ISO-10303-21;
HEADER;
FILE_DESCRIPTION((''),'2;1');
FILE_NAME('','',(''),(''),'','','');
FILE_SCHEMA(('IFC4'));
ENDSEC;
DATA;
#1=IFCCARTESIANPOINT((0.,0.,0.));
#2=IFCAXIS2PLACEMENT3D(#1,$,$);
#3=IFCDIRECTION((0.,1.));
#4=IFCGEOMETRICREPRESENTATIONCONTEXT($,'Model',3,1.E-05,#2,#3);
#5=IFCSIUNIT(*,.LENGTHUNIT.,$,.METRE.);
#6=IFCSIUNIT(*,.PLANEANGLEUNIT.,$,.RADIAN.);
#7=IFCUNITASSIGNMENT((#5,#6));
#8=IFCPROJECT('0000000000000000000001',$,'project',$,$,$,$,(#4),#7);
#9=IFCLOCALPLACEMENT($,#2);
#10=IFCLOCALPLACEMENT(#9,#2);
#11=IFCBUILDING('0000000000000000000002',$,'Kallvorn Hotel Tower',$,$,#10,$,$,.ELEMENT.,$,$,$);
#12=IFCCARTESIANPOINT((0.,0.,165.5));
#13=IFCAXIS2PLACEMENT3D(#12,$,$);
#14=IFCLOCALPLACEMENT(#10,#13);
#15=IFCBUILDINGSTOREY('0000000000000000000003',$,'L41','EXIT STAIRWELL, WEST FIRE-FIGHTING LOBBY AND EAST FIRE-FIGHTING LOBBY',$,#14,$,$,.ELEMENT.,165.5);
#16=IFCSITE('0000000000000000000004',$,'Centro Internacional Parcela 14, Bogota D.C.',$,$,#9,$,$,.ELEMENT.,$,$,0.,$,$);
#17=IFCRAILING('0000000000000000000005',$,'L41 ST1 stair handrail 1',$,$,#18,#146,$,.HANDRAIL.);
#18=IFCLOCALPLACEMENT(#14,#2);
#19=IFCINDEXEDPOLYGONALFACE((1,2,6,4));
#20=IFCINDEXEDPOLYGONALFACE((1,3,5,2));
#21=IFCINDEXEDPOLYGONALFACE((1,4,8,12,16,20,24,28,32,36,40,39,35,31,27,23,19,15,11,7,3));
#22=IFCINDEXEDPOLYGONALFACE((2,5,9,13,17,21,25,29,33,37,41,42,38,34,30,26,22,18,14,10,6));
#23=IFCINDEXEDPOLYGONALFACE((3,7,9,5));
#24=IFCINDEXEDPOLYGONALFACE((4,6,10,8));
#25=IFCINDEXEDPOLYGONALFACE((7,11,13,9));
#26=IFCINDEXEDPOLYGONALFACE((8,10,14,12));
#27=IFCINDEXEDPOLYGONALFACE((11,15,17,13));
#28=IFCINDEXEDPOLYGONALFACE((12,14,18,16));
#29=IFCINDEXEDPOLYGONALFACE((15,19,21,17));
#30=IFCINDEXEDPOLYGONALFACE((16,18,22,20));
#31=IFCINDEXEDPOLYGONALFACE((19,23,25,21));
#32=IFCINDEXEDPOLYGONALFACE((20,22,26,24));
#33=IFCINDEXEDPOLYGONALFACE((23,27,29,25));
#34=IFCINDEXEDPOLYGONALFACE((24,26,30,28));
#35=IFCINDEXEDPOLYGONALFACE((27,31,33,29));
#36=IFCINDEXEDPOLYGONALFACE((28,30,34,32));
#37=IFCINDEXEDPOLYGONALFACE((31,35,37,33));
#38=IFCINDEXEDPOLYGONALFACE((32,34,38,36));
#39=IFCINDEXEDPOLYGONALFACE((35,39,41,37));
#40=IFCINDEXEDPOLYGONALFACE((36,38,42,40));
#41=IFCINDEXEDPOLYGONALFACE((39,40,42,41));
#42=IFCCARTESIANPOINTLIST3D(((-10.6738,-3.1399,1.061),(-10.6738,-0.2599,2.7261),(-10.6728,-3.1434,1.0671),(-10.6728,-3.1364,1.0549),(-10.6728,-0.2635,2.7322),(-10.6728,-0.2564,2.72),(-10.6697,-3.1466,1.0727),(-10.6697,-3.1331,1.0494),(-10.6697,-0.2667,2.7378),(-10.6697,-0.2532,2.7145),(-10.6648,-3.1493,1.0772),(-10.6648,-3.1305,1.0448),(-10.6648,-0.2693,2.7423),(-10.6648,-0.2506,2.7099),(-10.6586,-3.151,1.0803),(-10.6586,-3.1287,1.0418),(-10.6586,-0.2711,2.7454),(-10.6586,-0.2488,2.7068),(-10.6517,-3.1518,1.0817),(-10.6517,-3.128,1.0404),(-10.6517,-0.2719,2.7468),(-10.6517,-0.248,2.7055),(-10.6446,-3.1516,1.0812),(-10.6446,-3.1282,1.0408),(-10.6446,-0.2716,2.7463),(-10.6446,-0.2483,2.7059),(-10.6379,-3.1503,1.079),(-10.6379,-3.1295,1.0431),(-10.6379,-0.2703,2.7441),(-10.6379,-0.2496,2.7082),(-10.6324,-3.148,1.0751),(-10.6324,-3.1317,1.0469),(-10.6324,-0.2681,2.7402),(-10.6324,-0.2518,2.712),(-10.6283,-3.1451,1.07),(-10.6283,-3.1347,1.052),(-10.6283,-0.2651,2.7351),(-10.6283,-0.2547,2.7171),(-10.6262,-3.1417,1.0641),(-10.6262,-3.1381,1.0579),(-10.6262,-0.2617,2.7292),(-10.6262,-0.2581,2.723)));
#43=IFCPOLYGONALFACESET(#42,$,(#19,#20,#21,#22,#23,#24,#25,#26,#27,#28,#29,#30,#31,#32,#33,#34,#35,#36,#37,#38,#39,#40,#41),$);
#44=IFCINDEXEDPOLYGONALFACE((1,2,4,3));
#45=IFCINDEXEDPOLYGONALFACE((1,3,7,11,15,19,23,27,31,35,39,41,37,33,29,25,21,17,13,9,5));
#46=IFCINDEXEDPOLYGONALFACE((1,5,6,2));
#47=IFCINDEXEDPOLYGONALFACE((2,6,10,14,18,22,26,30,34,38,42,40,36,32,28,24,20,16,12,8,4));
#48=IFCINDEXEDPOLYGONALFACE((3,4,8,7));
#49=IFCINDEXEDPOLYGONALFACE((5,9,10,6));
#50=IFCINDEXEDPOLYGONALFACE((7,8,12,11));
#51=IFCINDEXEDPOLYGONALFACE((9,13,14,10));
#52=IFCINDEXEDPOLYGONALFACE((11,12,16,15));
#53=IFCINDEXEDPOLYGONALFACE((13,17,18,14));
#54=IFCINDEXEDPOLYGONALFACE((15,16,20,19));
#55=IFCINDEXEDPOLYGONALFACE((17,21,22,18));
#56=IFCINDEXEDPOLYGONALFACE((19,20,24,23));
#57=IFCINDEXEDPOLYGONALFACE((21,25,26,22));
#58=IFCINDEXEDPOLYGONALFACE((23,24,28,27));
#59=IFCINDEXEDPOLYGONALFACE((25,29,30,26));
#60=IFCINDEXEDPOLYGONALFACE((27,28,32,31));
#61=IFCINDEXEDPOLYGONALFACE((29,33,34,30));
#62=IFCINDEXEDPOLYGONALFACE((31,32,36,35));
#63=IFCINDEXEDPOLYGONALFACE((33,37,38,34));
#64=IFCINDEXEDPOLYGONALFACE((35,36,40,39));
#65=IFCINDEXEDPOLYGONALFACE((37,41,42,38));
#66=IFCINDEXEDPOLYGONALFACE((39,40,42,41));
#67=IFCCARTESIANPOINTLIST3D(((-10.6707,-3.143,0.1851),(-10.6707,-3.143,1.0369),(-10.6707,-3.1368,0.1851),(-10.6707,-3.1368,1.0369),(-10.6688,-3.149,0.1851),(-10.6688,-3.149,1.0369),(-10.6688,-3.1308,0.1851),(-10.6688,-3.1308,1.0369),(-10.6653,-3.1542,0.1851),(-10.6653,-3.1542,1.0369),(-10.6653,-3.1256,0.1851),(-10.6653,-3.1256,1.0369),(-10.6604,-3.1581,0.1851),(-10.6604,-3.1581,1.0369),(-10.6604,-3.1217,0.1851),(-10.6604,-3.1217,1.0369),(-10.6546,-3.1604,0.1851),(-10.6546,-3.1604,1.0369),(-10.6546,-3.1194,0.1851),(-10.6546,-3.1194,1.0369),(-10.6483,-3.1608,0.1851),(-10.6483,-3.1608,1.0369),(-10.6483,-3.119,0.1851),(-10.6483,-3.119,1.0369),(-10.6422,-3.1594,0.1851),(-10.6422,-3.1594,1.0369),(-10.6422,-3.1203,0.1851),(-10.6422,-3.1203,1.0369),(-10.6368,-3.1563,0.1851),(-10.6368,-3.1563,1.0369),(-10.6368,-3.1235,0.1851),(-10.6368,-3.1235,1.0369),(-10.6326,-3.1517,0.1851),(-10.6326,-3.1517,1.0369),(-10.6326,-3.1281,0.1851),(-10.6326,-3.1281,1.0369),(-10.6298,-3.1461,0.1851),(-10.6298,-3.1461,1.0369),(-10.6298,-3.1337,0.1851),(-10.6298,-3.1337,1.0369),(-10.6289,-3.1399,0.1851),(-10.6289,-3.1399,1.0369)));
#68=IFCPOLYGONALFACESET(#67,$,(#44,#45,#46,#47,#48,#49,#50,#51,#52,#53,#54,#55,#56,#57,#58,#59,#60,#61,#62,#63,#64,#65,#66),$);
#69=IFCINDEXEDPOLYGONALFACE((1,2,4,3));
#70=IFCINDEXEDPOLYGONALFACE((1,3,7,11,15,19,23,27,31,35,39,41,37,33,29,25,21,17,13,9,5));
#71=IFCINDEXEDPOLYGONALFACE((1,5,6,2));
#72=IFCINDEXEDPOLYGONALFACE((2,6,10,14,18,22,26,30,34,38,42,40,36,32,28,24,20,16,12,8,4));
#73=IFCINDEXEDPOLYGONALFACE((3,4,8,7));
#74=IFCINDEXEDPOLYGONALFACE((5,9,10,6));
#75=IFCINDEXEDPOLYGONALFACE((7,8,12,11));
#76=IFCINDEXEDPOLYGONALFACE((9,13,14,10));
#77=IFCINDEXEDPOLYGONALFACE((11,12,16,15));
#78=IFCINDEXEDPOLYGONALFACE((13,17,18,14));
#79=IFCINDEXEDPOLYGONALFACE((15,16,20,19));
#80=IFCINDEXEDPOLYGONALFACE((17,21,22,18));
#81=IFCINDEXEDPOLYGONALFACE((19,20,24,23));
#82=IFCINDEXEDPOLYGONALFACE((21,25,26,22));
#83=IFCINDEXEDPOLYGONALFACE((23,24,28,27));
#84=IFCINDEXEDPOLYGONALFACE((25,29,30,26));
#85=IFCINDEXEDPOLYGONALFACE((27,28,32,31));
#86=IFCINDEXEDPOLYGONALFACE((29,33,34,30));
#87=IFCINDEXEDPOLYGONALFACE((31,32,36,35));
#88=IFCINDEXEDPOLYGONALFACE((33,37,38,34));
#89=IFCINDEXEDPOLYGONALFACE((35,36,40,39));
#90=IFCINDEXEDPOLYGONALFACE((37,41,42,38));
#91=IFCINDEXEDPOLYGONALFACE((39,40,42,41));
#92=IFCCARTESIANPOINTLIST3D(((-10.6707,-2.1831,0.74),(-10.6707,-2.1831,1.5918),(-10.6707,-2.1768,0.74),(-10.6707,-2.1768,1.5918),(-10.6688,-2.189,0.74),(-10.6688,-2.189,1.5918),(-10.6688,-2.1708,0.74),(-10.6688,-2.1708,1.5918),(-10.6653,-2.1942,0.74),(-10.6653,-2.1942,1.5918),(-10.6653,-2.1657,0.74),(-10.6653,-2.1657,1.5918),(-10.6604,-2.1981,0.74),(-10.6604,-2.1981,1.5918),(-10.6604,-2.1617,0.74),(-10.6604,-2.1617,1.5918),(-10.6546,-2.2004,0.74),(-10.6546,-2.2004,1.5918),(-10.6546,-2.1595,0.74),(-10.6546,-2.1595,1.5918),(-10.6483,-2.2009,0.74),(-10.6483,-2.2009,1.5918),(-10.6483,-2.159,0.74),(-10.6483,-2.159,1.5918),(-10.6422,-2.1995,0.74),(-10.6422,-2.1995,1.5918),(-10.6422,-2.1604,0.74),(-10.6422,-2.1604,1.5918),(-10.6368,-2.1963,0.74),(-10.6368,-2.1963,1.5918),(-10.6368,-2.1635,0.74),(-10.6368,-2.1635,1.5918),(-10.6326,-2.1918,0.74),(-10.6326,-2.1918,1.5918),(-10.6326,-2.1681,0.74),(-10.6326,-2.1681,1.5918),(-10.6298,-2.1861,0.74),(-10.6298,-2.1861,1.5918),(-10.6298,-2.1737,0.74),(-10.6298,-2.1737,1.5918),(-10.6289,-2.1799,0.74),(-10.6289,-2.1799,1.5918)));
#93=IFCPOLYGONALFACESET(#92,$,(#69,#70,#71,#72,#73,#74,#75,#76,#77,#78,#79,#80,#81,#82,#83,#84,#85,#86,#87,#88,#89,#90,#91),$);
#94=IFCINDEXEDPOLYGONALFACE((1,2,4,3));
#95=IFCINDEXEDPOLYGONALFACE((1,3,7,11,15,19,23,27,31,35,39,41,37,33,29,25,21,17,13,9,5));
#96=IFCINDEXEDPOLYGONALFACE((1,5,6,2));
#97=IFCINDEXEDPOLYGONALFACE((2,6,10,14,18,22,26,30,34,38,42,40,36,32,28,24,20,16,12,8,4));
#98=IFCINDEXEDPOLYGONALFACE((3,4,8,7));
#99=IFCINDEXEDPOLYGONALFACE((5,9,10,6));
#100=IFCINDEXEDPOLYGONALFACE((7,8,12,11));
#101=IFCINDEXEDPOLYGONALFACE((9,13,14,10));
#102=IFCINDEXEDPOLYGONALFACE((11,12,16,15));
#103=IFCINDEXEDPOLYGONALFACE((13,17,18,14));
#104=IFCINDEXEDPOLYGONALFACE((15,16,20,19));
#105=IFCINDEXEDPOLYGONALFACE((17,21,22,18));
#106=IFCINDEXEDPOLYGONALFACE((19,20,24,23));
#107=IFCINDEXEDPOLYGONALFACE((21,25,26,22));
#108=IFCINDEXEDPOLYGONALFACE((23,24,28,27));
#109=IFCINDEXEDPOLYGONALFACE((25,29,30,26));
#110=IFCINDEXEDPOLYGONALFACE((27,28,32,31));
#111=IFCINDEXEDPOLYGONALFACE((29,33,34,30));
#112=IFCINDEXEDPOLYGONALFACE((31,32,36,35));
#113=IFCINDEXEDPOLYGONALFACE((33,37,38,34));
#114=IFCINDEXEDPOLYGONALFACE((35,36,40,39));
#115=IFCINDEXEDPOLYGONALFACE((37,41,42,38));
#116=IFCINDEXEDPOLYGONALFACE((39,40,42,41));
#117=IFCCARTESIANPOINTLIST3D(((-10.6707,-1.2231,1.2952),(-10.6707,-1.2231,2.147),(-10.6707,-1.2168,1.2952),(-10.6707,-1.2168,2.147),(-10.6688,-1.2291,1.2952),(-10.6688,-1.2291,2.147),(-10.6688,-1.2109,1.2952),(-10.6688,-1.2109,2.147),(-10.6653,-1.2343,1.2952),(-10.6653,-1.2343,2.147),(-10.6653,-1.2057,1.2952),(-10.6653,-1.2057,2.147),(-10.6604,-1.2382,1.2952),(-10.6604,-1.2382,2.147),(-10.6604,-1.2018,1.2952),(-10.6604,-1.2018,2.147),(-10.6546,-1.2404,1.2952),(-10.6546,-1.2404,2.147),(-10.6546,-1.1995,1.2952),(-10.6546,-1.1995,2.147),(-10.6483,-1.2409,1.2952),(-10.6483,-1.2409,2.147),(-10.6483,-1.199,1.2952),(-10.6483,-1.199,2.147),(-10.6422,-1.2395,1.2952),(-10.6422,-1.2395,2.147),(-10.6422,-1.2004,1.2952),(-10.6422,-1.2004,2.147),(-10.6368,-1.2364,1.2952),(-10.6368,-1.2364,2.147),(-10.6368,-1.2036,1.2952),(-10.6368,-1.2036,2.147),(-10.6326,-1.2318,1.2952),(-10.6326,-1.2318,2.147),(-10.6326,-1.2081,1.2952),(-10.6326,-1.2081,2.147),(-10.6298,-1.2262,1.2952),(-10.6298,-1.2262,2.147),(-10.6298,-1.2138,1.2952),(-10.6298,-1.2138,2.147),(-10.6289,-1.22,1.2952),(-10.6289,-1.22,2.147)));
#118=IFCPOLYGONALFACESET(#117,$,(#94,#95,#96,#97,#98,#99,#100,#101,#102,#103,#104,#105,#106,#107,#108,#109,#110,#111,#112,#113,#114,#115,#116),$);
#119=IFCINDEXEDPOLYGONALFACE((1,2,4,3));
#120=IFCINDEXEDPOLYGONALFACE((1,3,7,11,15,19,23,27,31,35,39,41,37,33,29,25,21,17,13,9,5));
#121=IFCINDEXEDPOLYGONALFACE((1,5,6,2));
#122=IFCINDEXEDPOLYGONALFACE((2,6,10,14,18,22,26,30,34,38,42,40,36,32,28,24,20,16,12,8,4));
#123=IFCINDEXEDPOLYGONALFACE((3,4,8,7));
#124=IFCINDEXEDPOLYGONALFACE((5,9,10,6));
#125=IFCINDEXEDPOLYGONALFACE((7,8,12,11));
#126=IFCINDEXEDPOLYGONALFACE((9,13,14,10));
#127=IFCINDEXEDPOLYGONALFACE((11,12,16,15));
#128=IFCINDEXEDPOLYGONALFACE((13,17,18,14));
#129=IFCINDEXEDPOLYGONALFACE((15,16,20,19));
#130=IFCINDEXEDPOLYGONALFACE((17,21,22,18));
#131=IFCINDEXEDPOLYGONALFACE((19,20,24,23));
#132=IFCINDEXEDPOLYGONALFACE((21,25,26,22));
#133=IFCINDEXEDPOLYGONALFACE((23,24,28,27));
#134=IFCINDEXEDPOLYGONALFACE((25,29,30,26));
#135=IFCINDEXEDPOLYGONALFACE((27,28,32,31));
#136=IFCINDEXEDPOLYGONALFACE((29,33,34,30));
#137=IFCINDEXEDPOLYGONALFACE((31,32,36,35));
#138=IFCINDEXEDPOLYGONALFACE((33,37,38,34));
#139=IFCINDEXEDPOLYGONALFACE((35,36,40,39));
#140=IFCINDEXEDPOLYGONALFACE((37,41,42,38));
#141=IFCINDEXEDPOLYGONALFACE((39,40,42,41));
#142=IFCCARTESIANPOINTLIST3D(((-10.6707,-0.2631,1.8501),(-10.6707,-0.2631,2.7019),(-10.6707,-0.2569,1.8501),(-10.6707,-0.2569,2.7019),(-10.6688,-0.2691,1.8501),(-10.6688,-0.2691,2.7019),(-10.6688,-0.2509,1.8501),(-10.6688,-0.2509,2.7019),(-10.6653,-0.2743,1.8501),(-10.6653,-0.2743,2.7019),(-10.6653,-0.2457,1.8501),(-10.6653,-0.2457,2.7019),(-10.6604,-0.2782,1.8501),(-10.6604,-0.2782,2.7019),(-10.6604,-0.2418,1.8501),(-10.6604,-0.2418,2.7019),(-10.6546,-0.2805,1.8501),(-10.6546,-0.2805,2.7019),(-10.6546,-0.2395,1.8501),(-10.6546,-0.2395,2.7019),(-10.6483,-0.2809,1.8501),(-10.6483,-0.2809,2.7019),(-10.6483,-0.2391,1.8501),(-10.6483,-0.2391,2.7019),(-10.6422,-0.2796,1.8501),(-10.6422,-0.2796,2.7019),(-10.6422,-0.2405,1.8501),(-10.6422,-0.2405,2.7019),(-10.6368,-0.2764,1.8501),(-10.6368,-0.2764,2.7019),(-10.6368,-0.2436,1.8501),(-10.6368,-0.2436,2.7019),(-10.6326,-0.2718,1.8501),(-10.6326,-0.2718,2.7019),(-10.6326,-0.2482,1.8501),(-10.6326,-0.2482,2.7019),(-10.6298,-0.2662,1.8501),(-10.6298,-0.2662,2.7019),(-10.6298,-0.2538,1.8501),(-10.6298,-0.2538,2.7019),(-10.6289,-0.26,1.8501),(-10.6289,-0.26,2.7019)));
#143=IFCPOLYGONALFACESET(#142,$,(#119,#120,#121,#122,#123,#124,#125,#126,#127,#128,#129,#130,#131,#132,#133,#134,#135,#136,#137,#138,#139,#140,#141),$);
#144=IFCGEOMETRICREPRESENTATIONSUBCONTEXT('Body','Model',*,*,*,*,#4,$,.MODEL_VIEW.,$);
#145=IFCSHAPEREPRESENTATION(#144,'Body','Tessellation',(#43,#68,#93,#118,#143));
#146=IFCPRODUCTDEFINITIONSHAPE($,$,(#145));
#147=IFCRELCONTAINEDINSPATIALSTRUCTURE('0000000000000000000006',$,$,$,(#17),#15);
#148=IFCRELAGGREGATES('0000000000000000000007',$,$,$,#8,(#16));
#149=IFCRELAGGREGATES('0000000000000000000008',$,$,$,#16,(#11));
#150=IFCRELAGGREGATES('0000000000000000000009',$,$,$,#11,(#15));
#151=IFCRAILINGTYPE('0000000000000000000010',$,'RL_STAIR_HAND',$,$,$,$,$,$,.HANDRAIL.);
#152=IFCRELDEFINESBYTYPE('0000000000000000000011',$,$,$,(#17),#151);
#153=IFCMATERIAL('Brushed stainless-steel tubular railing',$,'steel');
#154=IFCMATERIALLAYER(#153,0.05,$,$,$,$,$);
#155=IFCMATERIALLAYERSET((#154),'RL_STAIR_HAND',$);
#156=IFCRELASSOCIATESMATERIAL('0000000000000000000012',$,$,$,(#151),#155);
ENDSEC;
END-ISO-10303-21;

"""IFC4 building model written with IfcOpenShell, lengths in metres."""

from ifc_helpers import new_model, si_unit, direction, frame, origin, origin_2d, place, context, subcontext, project, spatial, circle, extrude, material, layer, layer_set, type_object, element, save


model = new_model("IFC4")

# Units and contexts
model_context = context("Model", 3, precision=1e-05, world=origin(), true_north=direction((0.0, 1.0)))
body_context = subcontext(model_context, "Body", "Model", "MODEL_VIEW")
ifc_project = project(units=[si_unit("LENGTHUNIT", "METRE"), si_unit("PLANEANGLEUNIT", "RADIAN")], contexts=[model_context])

# Site, building, storey
site_placement = place(None, origin())
site = spatial("IfcSite", under=ifc_project, at=site_placement, Name="Centro Internacional Parcela 14, Bogota D.C.", CompositionType="ELEMENT", RefElevation=0.0)
building_placement = place(site_placement, origin())
building = spatial("IfcBuilding", under=site, at=building_placement, Name="Kallvorn Hotel Tower", CompositionType="ELEMENT")
storey_placement = place(building_placement, frame((0.0, 0.0, 165.5)))
storey = spatial("IfcBuildingStorey", under=building, at=storey_placement, Name="L41", Description="EXIT STAIRWELL, WEST FIRE-FIGHTING LOBBY AND EAST FIRE-FIGHTING LOBBY", CompositionType="ELEMENT", Elevation=165.5)

# Railing
ifc_material_1 = material(Name="Brushed stainless-steel tubular railing", Category="steel")
ifc_layer_1 = layer(ifc_material_1, 0.05)
ifc_layer_set_1 = layer_set([ifc_layer_1], Name="RL_STAIR_HAND")
railing_type_1 = type_object("IfcRailingType", Name="RL_STAIR_HAND", PredefinedType="HANDRAIL", material=ifc_layer_set_1)
railing_1_placement = place(storey_placement, frame((-10.6499, -3.1399, 0.1851)))
element("IfcRailing", 1, at=railing_1_placement, inside=storey, type_object=railing_type_1, Name="L41 ST1 stair handrail 1", PredefinedType="HANDRAIL", context=body_context, shape_type="SweptSolid", body=[
    extrude(circle(Radius=0.0239, at=origin_2d()), frame((0.0, 0.0, 0.876), z_axis=(0.0, 0.865721, 0.500527), x_axis=(-1.0, 0.0, 0.0)), (0.0, 0.0, 1.0), 3.3267),
    extrude(circle(Radius=0.021, at=origin_2d()), origin(), (0.0, 0.0, 1.0), 0.8518),
    extrude(circle(Radius=0.021, at=origin_2d()), frame((0.0, 0.96, 0.5549)), (0.0, 0.0, 1.0), 0.8518),
    extrude(circle(Radius=0.021, at=origin_2d()), frame((0.0, 1.9199, 1.1101)), (0.0, 0.0, 1.0), 0.8518),
    extrude(circle(Radius=0.021, at=origin_2d()), frame((0.0, 2.8799, 1.665)), (0.0, 0.0, 1.0), 0.8518),
])

save(model, "model.ifc")
